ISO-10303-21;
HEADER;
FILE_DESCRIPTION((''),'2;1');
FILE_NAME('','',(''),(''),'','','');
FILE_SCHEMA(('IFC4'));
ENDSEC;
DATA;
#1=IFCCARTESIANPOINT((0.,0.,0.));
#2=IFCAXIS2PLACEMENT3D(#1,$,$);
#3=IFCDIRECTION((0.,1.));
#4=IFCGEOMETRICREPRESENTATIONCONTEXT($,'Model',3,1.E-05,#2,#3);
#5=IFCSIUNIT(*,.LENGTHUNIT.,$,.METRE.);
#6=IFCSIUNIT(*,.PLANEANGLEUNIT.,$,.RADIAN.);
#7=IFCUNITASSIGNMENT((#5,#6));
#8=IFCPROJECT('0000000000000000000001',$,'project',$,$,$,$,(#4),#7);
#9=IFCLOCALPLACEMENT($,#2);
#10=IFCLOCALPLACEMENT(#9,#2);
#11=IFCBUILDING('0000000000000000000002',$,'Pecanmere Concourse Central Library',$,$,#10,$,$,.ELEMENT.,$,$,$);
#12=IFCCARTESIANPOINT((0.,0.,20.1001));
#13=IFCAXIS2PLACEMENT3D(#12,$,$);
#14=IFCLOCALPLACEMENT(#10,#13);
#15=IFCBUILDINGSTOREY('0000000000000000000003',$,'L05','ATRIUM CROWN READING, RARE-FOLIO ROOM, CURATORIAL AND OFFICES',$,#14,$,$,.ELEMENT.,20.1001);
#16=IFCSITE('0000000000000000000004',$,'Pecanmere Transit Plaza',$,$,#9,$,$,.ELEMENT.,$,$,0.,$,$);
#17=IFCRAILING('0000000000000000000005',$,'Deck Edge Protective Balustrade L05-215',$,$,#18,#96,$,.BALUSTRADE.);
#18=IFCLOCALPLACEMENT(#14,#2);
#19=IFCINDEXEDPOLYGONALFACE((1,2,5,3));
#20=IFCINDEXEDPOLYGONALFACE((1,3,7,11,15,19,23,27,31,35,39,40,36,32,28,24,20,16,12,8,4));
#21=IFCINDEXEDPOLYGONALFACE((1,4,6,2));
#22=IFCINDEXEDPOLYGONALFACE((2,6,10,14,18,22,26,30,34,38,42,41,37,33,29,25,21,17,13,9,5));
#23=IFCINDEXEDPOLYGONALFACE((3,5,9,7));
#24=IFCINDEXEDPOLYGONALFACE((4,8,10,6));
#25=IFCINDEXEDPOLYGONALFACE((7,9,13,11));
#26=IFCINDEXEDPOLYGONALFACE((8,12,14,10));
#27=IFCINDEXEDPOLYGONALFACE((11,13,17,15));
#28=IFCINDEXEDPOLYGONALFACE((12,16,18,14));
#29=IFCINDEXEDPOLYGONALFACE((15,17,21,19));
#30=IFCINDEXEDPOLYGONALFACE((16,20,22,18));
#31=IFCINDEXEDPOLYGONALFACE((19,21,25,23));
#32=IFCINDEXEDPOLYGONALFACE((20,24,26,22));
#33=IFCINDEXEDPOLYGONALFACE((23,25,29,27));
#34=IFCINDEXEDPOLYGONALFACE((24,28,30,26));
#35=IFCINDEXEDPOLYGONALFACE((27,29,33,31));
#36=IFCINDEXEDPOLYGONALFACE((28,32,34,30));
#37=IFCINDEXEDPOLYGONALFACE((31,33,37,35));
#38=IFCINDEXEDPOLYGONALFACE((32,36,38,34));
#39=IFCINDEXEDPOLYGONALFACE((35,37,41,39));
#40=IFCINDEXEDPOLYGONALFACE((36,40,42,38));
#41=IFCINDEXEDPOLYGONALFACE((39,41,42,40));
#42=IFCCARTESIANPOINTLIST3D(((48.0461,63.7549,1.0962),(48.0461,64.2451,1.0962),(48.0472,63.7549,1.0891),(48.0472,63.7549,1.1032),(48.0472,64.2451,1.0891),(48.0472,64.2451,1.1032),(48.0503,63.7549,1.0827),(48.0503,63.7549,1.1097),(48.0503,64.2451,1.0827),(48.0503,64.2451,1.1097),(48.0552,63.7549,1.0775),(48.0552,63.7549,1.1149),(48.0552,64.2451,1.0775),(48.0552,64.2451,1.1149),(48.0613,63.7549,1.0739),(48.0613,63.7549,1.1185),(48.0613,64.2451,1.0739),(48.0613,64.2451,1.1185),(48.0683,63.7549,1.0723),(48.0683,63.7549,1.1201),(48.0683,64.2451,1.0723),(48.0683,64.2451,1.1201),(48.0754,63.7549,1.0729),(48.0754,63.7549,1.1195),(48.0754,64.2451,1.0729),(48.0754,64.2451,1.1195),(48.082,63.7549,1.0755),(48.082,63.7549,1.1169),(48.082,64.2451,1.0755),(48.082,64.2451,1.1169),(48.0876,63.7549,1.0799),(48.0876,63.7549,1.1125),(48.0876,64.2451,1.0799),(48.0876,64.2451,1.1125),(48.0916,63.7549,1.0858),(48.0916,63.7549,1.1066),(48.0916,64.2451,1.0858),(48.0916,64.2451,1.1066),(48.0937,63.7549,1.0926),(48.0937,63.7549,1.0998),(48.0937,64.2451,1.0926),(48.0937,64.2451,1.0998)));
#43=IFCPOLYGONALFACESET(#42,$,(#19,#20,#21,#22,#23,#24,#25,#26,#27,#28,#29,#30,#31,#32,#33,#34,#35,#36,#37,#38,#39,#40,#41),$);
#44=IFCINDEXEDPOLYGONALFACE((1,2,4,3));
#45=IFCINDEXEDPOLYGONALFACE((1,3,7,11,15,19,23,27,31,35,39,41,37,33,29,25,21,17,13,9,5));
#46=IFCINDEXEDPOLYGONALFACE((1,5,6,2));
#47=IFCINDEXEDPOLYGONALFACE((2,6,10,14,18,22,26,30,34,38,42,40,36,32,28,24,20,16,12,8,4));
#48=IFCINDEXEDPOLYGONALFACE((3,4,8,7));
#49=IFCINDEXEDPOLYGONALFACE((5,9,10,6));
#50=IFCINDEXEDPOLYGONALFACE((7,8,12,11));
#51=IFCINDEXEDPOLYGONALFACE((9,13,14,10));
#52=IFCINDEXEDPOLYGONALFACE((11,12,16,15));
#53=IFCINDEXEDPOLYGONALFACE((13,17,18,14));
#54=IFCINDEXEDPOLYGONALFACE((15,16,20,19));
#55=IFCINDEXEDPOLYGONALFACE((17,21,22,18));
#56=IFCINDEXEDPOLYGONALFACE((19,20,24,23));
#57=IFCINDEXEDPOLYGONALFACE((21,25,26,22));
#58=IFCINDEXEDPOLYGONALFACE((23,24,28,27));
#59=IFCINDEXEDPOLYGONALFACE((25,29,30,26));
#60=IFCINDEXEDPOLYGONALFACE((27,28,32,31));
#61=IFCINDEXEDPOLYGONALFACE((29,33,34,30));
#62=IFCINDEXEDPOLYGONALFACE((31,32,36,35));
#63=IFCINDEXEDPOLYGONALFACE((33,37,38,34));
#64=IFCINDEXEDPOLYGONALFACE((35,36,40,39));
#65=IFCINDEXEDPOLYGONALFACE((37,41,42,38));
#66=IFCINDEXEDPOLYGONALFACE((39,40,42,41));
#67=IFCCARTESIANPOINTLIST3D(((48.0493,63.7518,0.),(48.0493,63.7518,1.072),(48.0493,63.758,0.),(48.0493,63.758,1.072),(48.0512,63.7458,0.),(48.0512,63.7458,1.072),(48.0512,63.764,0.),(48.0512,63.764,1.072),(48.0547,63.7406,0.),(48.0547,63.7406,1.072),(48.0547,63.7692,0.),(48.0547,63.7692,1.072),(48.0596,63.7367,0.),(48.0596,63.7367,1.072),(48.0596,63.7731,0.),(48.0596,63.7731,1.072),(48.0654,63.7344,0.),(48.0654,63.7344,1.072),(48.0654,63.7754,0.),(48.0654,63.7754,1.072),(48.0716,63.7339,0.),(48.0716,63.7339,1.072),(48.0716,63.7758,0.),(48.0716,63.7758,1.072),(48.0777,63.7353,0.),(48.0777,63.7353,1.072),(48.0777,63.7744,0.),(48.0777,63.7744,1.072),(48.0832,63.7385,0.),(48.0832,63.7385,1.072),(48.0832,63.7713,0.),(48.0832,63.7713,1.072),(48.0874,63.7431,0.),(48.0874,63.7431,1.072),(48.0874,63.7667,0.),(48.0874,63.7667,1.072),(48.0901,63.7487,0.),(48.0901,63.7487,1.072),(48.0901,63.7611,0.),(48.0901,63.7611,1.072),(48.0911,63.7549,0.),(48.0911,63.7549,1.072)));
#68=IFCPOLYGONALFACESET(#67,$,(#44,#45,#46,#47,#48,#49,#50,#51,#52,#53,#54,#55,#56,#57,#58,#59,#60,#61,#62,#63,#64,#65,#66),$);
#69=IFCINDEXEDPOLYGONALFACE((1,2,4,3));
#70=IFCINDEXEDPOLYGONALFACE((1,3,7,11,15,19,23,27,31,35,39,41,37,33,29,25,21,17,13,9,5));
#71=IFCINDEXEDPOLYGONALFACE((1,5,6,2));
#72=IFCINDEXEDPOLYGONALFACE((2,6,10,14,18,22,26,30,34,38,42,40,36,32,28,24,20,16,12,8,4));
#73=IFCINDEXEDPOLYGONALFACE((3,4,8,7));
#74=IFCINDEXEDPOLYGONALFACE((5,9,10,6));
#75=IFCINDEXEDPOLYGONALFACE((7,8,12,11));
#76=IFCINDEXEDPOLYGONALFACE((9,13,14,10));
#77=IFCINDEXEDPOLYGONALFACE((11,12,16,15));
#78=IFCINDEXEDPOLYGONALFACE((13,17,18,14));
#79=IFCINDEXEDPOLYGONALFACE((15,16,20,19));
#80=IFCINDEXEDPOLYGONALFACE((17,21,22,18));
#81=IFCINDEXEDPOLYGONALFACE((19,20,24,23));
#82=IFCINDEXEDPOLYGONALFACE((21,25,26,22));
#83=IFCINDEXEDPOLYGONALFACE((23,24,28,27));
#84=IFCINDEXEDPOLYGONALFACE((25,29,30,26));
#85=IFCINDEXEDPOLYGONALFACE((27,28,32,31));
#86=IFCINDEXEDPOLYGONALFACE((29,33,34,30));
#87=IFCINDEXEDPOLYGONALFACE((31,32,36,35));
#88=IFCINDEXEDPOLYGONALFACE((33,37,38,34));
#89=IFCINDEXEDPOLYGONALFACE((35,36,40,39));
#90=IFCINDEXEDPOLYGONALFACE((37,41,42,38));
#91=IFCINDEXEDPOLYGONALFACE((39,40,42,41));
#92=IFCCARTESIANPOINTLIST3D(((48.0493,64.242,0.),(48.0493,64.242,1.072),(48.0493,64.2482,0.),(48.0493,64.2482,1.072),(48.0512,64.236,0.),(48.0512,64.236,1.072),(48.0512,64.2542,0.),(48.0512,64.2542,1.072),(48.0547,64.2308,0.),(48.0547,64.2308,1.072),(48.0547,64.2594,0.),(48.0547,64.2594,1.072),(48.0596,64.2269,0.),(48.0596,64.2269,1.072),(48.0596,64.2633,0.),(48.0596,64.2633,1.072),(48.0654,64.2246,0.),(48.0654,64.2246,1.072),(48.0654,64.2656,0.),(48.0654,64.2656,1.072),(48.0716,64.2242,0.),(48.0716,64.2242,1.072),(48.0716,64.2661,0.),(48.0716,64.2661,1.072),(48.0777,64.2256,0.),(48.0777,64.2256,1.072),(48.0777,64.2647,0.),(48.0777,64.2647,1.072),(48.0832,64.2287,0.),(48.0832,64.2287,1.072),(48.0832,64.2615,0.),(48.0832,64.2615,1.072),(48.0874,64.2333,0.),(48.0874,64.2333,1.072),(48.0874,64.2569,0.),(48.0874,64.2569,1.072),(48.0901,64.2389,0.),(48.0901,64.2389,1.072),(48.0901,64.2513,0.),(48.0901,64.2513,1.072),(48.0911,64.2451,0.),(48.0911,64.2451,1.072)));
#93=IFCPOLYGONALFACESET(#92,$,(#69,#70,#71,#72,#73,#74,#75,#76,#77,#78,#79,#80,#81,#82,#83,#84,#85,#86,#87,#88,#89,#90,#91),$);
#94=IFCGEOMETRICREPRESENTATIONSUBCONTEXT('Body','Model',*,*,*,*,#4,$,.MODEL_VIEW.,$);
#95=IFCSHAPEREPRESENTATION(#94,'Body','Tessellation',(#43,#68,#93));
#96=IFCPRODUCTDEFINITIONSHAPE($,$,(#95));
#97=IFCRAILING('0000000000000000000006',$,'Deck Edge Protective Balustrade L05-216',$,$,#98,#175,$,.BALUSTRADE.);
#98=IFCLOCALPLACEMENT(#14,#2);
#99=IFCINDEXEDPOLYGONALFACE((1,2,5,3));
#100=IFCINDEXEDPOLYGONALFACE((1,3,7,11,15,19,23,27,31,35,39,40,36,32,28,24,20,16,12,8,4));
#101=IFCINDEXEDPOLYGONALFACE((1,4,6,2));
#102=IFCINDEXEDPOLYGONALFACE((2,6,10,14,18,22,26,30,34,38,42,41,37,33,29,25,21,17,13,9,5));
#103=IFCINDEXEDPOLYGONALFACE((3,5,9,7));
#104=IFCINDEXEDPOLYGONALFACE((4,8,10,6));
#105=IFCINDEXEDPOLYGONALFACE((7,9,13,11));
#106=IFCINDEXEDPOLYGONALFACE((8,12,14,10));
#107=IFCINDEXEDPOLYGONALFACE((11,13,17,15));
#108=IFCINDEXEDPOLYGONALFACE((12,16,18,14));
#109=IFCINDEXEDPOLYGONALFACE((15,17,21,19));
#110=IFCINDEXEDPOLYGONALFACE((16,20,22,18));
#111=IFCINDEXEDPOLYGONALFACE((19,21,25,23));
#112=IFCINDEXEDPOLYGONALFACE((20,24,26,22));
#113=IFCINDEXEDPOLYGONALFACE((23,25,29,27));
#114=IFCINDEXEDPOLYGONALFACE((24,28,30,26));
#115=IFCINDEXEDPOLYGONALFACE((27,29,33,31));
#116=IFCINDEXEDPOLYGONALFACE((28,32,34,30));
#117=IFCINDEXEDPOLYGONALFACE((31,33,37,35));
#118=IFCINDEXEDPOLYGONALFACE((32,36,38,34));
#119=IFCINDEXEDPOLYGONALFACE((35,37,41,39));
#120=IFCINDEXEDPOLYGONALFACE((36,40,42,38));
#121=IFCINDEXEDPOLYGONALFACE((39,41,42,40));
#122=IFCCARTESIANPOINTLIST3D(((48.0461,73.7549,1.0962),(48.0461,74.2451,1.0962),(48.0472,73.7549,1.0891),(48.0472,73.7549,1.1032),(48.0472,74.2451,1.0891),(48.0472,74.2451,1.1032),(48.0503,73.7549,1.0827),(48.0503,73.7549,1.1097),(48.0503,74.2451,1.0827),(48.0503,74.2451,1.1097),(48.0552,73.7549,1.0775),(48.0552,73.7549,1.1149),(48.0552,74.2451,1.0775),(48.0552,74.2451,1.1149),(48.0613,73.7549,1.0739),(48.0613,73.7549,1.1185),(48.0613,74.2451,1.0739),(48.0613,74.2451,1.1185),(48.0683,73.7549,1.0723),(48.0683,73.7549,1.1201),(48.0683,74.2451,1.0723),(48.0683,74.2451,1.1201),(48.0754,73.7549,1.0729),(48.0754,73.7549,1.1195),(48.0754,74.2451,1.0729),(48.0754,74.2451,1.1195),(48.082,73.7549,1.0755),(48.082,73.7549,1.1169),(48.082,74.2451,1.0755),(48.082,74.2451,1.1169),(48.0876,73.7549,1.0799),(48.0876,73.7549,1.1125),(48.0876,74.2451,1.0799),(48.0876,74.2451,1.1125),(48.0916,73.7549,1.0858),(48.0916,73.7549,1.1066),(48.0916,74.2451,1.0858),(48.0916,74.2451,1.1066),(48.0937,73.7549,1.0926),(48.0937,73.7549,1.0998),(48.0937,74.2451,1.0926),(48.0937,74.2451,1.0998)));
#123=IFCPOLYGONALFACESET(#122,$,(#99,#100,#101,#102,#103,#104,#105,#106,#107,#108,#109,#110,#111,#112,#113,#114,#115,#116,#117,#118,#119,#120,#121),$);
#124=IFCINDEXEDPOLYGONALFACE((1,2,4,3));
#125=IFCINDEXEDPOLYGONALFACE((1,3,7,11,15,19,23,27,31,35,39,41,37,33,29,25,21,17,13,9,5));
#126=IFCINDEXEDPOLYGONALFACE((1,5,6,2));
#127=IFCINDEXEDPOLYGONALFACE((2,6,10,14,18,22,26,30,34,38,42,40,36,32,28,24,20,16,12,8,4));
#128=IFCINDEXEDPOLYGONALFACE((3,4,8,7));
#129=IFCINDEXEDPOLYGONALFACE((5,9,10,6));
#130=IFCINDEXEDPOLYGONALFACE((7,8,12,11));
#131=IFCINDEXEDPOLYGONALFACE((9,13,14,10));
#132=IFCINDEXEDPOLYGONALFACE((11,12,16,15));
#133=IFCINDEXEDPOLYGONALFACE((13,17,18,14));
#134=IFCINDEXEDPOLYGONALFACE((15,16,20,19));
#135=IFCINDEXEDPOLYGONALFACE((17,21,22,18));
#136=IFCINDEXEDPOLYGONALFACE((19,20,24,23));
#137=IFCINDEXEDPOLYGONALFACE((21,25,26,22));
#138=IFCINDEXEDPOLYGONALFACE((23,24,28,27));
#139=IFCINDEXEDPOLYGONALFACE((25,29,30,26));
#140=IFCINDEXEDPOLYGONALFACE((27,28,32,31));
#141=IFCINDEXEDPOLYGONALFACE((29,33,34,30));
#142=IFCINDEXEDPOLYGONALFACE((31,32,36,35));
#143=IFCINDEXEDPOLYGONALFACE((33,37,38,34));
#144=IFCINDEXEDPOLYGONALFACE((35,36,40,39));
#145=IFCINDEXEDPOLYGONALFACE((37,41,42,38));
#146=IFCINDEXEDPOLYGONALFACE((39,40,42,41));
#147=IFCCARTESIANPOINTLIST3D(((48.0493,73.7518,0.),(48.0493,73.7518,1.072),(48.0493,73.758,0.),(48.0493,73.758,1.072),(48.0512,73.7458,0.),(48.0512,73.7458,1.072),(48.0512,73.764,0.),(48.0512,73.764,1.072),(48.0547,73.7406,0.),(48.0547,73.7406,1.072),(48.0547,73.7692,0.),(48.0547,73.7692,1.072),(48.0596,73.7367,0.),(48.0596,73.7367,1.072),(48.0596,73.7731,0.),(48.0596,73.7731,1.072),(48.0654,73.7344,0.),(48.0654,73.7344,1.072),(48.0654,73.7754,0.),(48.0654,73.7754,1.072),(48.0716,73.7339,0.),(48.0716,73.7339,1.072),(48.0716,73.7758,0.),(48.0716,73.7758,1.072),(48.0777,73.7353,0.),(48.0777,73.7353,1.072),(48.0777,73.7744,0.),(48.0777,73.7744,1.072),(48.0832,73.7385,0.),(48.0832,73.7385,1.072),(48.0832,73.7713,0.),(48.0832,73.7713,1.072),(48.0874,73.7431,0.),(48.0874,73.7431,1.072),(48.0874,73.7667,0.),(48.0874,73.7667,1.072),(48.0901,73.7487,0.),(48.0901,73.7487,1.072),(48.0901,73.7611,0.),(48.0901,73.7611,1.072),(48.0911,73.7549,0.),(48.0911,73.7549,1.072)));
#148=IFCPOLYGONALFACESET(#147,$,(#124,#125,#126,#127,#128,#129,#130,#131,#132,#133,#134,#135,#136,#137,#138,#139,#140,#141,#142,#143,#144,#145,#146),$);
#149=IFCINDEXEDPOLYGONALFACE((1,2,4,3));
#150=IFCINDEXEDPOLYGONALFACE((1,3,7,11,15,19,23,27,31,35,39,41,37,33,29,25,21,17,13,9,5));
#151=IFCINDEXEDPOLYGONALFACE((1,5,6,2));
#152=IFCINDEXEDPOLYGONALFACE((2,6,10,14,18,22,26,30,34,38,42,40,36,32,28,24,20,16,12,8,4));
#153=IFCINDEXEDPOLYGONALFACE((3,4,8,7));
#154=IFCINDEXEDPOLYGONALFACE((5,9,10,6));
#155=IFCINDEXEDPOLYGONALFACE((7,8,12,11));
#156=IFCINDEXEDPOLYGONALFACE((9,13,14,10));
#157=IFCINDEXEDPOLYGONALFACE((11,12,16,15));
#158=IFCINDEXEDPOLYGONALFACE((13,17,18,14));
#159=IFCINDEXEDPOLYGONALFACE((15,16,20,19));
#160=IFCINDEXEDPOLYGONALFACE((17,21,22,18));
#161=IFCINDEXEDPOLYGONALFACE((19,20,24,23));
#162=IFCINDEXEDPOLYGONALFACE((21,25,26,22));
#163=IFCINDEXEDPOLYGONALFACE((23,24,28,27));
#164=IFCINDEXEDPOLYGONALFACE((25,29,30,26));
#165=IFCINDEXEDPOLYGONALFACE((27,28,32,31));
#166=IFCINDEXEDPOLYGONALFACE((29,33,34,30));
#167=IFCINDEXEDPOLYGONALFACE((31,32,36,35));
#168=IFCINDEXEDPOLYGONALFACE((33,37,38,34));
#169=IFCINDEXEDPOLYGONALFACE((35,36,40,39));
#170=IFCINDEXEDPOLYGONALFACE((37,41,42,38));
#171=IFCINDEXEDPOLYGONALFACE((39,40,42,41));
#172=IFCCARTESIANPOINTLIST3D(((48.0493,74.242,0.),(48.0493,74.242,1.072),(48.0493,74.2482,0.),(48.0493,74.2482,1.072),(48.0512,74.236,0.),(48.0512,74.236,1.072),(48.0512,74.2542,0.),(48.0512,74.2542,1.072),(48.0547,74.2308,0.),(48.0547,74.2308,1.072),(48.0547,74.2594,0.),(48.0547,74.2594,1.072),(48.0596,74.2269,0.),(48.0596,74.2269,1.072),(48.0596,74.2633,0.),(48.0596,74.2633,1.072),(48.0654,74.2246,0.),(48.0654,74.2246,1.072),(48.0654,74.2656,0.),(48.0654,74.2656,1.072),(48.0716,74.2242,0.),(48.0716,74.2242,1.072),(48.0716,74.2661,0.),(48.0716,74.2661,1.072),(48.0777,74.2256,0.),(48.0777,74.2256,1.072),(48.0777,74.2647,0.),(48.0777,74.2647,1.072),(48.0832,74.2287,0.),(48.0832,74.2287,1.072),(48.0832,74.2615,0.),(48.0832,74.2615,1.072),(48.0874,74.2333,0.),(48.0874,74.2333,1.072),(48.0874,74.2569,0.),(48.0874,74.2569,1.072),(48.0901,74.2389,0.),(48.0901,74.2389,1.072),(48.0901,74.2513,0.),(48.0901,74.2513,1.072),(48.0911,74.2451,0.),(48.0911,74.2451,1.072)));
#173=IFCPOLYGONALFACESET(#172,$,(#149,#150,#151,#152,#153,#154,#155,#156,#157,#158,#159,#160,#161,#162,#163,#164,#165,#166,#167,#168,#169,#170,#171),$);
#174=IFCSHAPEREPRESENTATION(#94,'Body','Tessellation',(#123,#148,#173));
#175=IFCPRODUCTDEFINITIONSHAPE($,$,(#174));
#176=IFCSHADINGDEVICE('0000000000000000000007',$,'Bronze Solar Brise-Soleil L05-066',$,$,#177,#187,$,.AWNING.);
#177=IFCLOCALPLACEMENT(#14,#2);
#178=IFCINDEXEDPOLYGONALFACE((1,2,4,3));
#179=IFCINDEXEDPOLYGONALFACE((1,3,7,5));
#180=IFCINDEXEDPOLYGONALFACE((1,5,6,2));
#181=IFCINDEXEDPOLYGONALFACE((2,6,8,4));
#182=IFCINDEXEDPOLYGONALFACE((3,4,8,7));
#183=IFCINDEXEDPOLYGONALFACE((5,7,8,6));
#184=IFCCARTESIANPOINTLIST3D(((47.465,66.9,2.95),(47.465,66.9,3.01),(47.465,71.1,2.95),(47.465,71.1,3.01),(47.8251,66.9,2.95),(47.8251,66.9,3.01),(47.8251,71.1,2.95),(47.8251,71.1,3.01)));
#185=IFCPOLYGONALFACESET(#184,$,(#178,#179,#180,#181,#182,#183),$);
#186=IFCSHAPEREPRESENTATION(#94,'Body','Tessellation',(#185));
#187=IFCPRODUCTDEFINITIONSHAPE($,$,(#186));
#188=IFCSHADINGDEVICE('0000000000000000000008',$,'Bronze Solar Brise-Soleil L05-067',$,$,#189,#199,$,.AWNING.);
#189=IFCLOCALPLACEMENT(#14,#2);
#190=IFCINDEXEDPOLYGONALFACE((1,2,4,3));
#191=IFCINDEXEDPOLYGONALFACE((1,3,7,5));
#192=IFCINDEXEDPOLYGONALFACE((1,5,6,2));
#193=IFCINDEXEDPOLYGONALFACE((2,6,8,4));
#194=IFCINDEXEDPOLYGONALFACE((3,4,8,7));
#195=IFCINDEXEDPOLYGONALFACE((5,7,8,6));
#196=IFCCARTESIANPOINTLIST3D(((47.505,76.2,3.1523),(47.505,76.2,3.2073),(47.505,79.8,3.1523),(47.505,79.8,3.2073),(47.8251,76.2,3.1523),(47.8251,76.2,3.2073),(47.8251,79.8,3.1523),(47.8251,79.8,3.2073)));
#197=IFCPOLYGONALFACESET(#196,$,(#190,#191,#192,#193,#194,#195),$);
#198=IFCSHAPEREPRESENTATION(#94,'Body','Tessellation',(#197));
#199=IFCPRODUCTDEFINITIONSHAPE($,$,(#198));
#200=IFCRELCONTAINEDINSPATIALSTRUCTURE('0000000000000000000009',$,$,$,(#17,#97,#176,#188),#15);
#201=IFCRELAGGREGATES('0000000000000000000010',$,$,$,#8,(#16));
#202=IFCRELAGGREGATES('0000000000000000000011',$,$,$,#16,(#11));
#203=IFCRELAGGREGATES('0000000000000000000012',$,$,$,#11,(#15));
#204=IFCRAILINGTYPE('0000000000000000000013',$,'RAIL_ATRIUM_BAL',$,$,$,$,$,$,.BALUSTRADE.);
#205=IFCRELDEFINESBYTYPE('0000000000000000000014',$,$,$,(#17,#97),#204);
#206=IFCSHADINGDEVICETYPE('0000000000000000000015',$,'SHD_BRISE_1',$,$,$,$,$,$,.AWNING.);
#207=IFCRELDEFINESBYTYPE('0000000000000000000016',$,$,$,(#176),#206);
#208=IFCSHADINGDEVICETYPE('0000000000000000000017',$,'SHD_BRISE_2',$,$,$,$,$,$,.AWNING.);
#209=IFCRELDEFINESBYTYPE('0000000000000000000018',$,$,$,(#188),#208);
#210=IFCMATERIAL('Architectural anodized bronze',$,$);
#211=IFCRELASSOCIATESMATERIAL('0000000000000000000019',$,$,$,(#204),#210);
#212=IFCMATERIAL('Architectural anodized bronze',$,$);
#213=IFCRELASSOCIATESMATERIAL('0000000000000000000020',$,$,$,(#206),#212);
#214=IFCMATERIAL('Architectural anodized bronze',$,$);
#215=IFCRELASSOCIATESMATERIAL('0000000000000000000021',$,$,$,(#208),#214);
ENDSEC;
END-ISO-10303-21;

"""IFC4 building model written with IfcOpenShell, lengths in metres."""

from ifc_helpers import new_model, si_unit, direction, frame, origin, origin_2d, place, context, subcontext, project, spatial, rectangle, circle, extrude, material, type_object, element, save


model = new_model("IFC4")

# Units and contexts
model_context = context("Model", 3, precision=1e-05, world=origin(), true_north=direction((0.0, 1.0)))
body_context = subcontext(model_context, "Body", "Model", "MODEL_VIEW")
ifc_project = project(units=[si_unit("LENGTHUNIT", "METRE"), si_unit("PLANEANGLEUNIT", "RADIAN")], contexts=[model_context])

# Site, building, storey
site_placement = place(None, origin())
site = spatial("IfcSite", under=ifc_project, at=site_placement, Name="Pecanmere Transit Plaza", CompositionType="ELEMENT", RefElevation=0.0)
building_placement = place(site_placement, origin())
building = spatial("IfcBuilding", under=site, at=building_placement, Name="Pecanmere Concourse Central Library", CompositionType="ELEMENT")
storey_placement = place(building_placement, frame((0.0, 0.0, 20.1001)))
storey = spatial("IfcBuildingStorey", under=building, at=storey_placement, Name="L05", Description="ATRIUM CROWN READING, RARE-FOLIO ROOM, CURATORIAL AND OFFICES", CompositionType="ELEMENT", Elevation=20.1001)

# Railings
ifc_material_1 = material(Name="Architectural anodized bronze")
railing_type = type_object("IfcRailingType", Name="RAIL_ATRIUM_BAL", PredefinedType="BALUSTRADE", material=ifc_material_1)
for number, where, name in (
    (1, (48.0701, 63.7549, 0.0), "Deck Edge Protective Balustrade L05-215"),
    (2, (48.0701, 73.7549, 0.0), "Deck Edge Protective Balustrade L05-216"),
):
    element("IfcRailing", number, at=place(storey_placement, frame(where)), inside=storey, type_object=railing_type, Name=name, PredefinedType="BALUSTRADE", context=body_context, shape_type="SweptSolid", body=[
        extrude(circle(Radius=0.0239, at=origin_2d()), frame((0.0, 0.0, 1.0962), z_axis=(0.0, 1.0, 0.0), x_axis=(-1.0, 0.0, 0.0)), (0.0, 0.0, 1.0), 0.4902),
        extrude(circle(Radius=0.021, at=origin_2d()), origin(), (0.0, 0.0, 1.0), 1.072),
        extrude(circle(Radius=0.021, at=origin_2d()), frame((0.0, 0.4902, 0.0)), (0.0, 0.0, 1.0), 1.072),
    ])

# Shading devices
ifc_material_2 = material(Name="Architectural anodized bronze")
shading_device_type_1 = type_object("IfcShadingDeviceType", Name="SHD_BRISE_1", PredefinedType="AWNING", material=ifc_material_2)
shading_device_1_placement = place(storey_placement, frame((47.645, 69.0, 2.95), z_axis=(0.0, 0.0, 1.0), x_axis=(0.0, -1.0, 0.0)))
element("IfcShadingDevice", 3, at=shading_device_1_placement, inside=storey, type_object=shading_device_type_1, Name="Bronze Solar Brise-Soleil L05-066", PredefinedType="AWNING", context=body_context, shape_type="SweptSolid", body=[
    extrude(rectangle(XDim=4.2, YDim=0.3601, at=origin_2d()), origin(), (0.0, 0.0, 1.0), 0.0601),
])
ifc_material_3 = material(Name="Architectural anodized bronze")
shading_device_type_2 = type_object("IfcShadingDeviceType", Name="SHD_BRISE_2", PredefinedType="AWNING", material=ifc_material_3)
shading_device_2_placement = place(storey_placement, frame((47.665, 78.0, 3.1523), z_axis=(0.0, 0.0, 1.0), x_axis=(0.0, -1.0, 0.0)))
element("IfcShadingDevice", 4, at=shading_device_2_placement, inside=storey, type_object=shading_device_type_2, Name="Bronze Solar Brise-Soleil L05-067", PredefinedType="AWNING", context=body_context, shape_type="SweptSolid", body=[
    extrude(rectangle(XDim=3.6001, YDim=0.3201, at=origin_2d()), origin(), (0.0, 0.0, 1.0), 0.0549),
])

save(model, "model.ifc")
